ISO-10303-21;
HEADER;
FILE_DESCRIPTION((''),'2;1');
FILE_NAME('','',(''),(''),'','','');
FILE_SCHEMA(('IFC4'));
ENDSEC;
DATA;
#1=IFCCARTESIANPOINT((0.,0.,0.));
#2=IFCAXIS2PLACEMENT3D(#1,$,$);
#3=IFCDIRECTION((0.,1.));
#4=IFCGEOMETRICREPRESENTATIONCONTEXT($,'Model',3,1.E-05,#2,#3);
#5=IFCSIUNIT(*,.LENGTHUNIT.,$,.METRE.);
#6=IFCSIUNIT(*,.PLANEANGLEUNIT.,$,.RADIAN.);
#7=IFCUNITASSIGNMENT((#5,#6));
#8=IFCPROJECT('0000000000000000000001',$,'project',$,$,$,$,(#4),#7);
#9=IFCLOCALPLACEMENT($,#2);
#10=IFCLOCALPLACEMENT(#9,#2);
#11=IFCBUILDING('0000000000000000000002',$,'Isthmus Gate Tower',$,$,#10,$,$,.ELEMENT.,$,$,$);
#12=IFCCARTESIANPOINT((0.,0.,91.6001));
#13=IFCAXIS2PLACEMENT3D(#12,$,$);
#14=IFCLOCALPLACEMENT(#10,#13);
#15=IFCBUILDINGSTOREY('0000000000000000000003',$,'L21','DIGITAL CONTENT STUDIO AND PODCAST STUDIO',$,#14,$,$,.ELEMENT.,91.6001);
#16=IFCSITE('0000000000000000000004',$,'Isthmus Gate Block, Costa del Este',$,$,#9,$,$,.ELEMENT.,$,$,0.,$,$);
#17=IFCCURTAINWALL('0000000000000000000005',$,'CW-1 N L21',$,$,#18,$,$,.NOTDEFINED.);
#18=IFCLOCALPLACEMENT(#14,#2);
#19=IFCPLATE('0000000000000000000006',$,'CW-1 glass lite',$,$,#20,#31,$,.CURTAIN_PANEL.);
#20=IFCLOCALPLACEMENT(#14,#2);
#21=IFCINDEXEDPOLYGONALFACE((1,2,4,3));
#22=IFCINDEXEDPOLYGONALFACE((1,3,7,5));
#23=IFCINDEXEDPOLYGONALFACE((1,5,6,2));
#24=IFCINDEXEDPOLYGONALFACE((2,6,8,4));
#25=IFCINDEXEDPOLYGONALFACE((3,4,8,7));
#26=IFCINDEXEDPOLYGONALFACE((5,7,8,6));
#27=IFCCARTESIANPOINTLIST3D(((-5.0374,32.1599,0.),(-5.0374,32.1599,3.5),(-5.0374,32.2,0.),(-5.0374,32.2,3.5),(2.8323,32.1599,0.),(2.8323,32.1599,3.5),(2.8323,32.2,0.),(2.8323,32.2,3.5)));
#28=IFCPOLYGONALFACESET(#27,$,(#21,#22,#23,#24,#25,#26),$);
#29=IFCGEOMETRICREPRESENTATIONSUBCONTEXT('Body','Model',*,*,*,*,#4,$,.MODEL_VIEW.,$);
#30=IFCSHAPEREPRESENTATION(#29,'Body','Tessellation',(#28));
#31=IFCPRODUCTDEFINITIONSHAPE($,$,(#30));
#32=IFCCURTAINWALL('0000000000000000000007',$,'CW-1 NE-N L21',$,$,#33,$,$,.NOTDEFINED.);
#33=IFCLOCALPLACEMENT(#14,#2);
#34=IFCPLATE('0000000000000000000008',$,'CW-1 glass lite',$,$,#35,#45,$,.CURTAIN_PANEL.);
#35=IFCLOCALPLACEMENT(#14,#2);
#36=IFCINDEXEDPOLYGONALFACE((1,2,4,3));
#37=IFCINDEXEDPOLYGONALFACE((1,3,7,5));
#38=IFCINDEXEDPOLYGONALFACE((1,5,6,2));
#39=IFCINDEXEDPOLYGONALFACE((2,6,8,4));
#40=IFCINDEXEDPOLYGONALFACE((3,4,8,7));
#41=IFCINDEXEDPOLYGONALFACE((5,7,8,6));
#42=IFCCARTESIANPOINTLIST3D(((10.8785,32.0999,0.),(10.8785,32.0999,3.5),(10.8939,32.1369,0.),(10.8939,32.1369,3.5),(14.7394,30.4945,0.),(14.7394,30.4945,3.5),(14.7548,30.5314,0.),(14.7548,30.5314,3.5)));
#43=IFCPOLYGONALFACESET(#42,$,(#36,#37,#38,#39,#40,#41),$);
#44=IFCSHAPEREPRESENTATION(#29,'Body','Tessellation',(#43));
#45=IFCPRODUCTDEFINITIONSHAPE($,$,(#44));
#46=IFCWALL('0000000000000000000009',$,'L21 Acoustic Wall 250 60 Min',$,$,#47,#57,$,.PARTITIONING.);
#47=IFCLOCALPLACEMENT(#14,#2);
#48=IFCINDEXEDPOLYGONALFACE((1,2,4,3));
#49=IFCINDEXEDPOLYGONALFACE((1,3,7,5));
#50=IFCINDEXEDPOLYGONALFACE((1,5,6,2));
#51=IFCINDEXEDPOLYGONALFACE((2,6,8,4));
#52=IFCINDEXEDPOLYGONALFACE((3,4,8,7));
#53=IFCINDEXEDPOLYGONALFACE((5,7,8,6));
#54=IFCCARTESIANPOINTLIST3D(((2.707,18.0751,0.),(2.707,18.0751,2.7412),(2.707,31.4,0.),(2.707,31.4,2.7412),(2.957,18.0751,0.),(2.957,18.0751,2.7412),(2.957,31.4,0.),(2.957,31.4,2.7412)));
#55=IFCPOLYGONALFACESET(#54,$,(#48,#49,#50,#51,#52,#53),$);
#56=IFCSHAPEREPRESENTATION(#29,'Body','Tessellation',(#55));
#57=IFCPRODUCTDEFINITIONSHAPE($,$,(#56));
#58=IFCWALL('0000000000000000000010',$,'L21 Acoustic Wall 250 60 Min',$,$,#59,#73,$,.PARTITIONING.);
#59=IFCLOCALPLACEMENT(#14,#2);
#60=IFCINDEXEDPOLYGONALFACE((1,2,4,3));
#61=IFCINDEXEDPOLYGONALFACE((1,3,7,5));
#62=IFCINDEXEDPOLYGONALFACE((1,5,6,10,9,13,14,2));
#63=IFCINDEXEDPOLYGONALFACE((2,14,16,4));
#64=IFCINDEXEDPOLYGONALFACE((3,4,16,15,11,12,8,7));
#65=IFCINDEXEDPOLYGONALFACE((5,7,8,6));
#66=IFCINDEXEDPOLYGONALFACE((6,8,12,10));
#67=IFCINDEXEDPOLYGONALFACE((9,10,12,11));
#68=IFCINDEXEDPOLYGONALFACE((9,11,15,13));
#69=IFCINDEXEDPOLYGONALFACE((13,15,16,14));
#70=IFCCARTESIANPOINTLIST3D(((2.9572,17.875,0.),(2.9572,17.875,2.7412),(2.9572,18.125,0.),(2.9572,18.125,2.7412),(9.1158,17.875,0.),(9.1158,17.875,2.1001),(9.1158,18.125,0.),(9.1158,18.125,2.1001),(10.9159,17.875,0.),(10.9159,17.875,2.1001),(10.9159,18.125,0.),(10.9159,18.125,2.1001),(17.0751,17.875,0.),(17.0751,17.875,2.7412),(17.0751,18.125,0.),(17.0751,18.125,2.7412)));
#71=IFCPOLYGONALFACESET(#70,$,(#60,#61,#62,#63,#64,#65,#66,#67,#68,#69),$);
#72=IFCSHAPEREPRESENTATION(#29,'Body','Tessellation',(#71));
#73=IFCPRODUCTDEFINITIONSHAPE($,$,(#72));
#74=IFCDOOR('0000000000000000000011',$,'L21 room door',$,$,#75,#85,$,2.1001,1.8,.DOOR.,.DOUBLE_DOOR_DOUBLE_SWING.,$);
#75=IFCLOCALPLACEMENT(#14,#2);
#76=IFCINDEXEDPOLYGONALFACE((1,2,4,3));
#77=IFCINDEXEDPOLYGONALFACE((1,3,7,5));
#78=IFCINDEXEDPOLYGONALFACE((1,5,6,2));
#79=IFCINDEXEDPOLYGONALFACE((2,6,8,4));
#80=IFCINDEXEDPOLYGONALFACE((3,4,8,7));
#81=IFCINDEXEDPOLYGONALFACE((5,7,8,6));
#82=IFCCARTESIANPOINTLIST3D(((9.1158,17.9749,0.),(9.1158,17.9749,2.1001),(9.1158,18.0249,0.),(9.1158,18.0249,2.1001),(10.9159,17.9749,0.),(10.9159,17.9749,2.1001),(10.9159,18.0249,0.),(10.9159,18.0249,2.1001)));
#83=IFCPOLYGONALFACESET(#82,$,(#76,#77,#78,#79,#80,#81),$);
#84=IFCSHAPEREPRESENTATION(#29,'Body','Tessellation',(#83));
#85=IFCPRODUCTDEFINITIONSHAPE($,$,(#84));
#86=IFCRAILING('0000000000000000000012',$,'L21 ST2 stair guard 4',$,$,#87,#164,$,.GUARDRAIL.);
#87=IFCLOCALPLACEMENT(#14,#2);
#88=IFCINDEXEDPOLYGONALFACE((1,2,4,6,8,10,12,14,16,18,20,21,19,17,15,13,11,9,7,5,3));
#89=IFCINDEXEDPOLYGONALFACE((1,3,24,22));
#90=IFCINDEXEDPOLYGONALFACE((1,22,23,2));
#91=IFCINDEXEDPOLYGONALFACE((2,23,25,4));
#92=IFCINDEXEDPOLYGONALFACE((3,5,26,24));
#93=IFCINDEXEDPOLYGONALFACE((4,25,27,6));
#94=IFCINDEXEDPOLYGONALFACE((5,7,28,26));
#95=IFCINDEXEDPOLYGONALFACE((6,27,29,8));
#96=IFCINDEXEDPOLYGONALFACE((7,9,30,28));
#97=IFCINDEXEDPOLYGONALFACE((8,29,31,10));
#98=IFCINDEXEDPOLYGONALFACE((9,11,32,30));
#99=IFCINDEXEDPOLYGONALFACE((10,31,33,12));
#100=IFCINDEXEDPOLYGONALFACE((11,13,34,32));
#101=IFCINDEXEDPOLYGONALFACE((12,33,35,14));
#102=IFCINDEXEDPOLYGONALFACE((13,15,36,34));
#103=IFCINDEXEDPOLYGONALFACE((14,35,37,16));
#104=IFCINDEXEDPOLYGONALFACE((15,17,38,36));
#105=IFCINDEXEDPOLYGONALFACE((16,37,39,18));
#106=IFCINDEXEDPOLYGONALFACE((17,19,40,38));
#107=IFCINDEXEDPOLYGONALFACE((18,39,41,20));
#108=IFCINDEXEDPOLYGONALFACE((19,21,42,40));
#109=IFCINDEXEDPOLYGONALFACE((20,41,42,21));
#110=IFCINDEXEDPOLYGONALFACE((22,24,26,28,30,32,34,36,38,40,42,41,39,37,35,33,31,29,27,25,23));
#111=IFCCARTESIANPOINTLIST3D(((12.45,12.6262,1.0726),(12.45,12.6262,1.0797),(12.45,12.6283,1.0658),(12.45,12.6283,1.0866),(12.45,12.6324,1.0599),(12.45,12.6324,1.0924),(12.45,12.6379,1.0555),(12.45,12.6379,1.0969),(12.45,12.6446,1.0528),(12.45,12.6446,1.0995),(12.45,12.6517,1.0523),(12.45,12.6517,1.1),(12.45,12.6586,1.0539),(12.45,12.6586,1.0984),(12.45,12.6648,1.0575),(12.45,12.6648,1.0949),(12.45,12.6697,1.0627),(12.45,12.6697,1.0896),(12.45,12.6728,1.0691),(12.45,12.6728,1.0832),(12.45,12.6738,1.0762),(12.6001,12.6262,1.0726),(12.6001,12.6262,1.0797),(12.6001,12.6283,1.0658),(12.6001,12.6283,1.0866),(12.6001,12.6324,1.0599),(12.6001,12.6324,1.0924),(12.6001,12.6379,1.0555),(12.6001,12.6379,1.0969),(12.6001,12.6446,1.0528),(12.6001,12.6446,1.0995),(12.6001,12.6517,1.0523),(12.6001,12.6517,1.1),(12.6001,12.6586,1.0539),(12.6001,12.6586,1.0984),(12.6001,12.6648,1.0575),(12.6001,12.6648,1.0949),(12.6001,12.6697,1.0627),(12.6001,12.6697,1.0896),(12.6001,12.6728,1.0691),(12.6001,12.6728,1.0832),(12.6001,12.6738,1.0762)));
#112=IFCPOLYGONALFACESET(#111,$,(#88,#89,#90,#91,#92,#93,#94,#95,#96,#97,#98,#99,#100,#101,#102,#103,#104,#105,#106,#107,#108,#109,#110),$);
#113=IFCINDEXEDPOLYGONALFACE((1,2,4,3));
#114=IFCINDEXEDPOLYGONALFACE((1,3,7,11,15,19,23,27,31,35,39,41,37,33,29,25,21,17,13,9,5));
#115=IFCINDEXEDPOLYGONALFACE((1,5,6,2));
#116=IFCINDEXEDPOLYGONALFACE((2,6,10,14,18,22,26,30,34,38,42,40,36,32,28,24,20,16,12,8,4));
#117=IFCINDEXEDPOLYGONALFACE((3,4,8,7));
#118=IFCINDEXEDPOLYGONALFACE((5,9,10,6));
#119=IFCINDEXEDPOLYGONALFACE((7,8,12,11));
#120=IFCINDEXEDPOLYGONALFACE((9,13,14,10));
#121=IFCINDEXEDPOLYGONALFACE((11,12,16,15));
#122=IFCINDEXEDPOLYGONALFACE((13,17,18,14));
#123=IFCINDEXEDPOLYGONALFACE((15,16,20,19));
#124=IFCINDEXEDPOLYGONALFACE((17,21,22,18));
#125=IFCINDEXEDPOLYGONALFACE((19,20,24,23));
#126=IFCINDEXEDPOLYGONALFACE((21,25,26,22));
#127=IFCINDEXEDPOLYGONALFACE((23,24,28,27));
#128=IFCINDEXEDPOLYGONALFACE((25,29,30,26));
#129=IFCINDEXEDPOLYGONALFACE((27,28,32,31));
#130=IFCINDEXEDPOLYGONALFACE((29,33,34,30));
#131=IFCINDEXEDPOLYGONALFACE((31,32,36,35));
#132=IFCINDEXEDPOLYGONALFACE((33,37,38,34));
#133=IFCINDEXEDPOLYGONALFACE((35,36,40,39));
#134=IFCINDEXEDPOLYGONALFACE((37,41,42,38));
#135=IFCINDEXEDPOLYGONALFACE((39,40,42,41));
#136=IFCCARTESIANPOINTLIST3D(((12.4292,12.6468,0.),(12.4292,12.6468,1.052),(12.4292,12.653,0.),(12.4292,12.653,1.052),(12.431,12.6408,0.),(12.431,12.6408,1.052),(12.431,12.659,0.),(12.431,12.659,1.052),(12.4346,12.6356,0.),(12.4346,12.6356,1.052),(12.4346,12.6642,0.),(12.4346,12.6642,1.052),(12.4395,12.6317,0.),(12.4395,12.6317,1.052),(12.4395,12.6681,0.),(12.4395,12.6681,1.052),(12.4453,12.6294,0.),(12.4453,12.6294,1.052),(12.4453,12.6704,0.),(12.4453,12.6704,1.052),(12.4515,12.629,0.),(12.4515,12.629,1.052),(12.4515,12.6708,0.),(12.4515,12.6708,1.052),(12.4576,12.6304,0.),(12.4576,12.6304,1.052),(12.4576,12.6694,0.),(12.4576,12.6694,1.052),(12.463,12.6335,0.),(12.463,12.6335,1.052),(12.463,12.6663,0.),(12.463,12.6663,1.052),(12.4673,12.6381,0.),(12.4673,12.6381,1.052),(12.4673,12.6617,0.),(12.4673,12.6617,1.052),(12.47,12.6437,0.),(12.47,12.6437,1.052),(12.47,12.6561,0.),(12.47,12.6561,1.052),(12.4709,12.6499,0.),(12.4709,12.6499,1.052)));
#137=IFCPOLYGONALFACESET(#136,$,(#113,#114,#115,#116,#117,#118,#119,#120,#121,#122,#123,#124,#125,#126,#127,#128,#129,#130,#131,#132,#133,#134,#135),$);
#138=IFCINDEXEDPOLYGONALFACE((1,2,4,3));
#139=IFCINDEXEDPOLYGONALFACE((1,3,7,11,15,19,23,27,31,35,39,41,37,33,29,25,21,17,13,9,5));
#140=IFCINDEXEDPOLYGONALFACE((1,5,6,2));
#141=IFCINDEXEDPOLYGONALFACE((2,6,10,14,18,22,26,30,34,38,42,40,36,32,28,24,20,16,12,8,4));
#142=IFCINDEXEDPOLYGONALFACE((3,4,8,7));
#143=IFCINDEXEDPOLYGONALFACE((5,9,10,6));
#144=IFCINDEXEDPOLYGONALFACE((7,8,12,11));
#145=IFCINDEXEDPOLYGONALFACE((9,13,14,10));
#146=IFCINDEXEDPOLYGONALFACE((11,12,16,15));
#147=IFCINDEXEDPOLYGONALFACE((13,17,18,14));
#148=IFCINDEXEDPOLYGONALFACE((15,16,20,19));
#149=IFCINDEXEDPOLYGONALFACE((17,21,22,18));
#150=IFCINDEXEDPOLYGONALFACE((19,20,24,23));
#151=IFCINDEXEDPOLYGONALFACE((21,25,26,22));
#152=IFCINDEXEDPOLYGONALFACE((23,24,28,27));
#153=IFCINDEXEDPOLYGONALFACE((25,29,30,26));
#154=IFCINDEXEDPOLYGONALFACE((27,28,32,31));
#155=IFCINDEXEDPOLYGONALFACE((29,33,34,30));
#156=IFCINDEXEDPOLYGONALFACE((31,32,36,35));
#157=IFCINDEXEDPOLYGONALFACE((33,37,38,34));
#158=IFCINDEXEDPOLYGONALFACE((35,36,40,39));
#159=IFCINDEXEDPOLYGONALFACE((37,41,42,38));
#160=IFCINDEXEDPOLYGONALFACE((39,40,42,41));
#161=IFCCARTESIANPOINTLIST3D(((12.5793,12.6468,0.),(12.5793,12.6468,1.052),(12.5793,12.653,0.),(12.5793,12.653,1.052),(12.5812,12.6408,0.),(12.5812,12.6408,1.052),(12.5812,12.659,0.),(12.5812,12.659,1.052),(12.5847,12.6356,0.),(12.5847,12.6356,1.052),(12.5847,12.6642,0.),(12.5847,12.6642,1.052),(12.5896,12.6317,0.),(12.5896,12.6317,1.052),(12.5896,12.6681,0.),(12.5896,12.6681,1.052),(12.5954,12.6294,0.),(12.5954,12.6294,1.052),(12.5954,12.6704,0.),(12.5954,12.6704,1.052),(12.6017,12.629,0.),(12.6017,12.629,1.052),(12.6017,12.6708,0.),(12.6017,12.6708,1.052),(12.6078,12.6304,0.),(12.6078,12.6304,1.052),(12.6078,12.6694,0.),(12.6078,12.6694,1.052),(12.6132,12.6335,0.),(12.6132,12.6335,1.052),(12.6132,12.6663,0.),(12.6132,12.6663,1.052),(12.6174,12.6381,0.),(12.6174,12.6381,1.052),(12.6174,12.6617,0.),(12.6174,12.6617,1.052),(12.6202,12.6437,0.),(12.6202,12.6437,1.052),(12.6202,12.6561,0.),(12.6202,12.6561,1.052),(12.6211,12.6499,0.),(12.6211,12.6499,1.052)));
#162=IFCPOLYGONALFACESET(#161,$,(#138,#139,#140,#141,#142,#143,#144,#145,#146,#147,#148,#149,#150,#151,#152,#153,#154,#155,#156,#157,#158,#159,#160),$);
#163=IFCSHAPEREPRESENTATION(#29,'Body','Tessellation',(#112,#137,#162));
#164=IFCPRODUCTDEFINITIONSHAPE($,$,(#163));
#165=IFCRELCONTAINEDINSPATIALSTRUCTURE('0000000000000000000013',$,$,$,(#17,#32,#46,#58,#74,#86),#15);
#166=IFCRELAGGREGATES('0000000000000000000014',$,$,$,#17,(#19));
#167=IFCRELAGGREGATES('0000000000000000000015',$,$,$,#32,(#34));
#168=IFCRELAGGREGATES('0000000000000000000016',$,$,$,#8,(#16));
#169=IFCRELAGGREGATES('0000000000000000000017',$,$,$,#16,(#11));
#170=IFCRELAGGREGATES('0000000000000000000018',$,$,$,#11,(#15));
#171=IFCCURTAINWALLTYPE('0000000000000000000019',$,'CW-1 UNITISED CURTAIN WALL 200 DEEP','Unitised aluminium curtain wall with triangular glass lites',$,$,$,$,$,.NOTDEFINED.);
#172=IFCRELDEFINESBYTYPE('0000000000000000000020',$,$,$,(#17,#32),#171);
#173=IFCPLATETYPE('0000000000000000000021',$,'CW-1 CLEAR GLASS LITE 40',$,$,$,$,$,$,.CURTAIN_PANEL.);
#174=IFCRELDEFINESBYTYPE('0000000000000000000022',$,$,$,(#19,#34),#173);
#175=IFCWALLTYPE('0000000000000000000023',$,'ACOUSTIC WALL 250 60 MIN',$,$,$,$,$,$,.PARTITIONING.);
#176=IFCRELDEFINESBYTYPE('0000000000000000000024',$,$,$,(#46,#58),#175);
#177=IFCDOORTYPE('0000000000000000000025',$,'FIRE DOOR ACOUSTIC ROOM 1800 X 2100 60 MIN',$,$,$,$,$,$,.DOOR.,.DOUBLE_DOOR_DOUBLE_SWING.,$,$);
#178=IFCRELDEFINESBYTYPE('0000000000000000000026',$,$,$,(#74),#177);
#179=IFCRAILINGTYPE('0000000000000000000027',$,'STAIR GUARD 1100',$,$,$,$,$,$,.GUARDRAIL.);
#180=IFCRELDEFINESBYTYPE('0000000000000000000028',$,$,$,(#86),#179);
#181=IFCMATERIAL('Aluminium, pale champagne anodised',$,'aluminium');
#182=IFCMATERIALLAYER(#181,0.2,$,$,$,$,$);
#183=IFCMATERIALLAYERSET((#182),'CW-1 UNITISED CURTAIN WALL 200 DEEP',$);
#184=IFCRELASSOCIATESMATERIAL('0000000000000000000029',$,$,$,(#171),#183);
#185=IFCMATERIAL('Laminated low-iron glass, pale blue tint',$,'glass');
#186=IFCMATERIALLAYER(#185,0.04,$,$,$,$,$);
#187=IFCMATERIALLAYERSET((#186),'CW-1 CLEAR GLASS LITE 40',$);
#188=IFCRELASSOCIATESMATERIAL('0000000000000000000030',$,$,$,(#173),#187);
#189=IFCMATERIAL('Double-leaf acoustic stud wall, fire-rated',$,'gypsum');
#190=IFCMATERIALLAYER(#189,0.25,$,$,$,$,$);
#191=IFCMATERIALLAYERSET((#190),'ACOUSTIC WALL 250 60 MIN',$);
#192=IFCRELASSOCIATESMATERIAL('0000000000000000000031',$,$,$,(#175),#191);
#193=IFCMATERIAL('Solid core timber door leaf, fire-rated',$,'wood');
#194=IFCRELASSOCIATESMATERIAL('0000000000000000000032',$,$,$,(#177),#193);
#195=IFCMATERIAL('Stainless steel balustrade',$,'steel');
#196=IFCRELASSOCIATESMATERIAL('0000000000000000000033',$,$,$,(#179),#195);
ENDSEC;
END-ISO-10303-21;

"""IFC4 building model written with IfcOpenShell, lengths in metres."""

from ifc_helpers import new_model, si_unit, direction, frame, frame_2d, origin, origin_2d, place, context, subcontext, project, spatial, rectangle, circle, extrude, material, layer, layer_set, type_object, element, fill, aggregate, save


model = new_model("IFC4")

# Units and contexts
model_context = context("Model", 3, precision=1e-05, world=origin(), true_north=direction((0.0, 1.0)))
body_context = subcontext(model_context, "Body", "Model", "MODEL_VIEW")
ifc_project = project(units=[si_unit("LENGTHUNIT", "METRE"), si_unit("PLANEANGLEUNIT", "RADIAN")], contexts=[model_context])

# Site, building, storey
site_placement = place(None, origin())
site = spatial("IfcSite", under=ifc_project, at=site_placement, Name="Isthmus Gate Block, Costa del Este", CompositionType="ELEMENT", RefElevation=0.0)
building_placement = place(site_placement, origin())
building = spatial("IfcBuilding", under=site, at=building_placement, Name="Isthmus Gate Tower", CompositionType="ELEMENT")
storey_placement = place(building_placement, frame((0.0, 0.0, 91.6001)))
storey = spatial("IfcBuildingStorey", under=building, at=storey_placement, Name="L21", Description="DIGITAL CONTENT STUDIO AND PODCAST STUDIO", CompositionType="ELEMENT", Elevation=91.6001)

# Curtain wall
ifc_material_1 = material(Name="Aluminium, pale champagne anodised", Category="aluminium")
ifc_layer_1 = layer(ifc_material_1, 0.2)
ifc_layer_set_1 = layer_set([ifc_layer_1], Name="CW-1 UNITISED CURTAIN WALL 200 DEEP")
curtain_wall_type = type_object("IfcCurtainWallType", Name="CW-1 UNITISED CURTAIN WALL 200 DEEP", Description="Unitised aluminium curtain wall with triangular glass lites", PredefinedType="NOTDEFINED", material=ifc_layer_set_1)
curtain_wall_1_placement = place(storey_placement, origin())
curtain_wall_1 = element("IfcCurtainWall", 1, at=curtain_wall_1_placement, inside=storey, type_object=curtain_wall_type, Name="CW-1 N L21", PredefinedType="NOTDEFINED")

# Plate
ifc_material_2 = material(Name="Laminated low-iron glass, pale blue tint", Category="glass")
ifc_layer_2 = layer(ifc_material_2, 0.04)
ifc_layer_set_2 = layer_set([ifc_layer_2], Name="CW-1 CLEAR GLASS LITE 40")
plate_type = type_object("IfcPlateType", Name="CW-1 CLEAR GLASS LITE 40", PredefinedType="CURTAIN_PANEL", material=ifc_layer_set_2)
plate_1_placement = place(storey_placement, frame((-1.1025, 32.1799, 0.0), z_axis=(0.0, 0.0, 1.0), x_axis=(-1.0, 0.0, 0.0)))
plate_1 = element("IfcPlate", 2, at=plate_1_placement, type_object=plate_type, Name="CW-1 glass lite", PredefinedType="CURTAIN_PANEL", context=body_context, shape_type="SweptSolid", body=[
    extrude(rectangle(XDim=7.8696, YDim=0.04, at=origin_2d()), origin(), (0.0, 0.0, 1.0), 3.5),
])
aggregate(curtain_wall_1, [plate_1])

# Curtain wall, plate
curtain_wall_2_placement = place(storey_placement, origin())
curtain_wall_2 = element("IfcCurtainWall", 3, at=curtain_wall_2_placement, inside=storey, type_object=curtain_wall_type, Name="CW-1 NE-N L21", PredefinedType="NOTDEFINED")
plate_2_placement = place(storey_placement, frame((12.8167, 31.3157, 0.0), z_axis=(0.0, 0.0, 1.0), x_axis=(-0.923353, 0.383952, 0.0)))
plate_2 = element("IfcPlate", 4, at=plate_2_placement, type_object=plate_type, Name="CW-1 glass lite", PredefinedType="CURTAIN_PANEL", context=body_context, shape_type="SweptSolid", body=[
    extrude(rectangle(XDim=4.1814, YDim=0.04, at=origin_2d()), origin(), (0.0, 0.0, 1.0), 3.5),
])
aggregate(curtain_wall_2, [plate_2])

# Wall
ifc_material_3 = material(Name="Double-leaf acoustic stud wall, fire-rated", Category="gypsum")
ifc_layer_3 = layer(ifc_material_3, 0.25)
ifc_layer_set_3 = layer_set([ifc_layer_3], Name="ACOUSTIC WALL 250 60 MIN")
wall_type = type_object("IfcWallType", Name="ACOUSTIC WALL 250 60 MIN", PredefinedType="PARTITIONING", material=ifc_layer_set_3)
wall_1_placement = place(storey_placement, frame((2.832, 18.075, 0.0), z_axis=(0.0, 0.0, 1.0), x_axis=(0.0, 1.0, 0.0)))
element("IfcWall", 5, at=wall_1_placement, inside=storey, type_object=wall_type, Name="L21 Acoustic Wall 250 60 Min", PredefinedType="PARTITIONING", context=body_context, shape_type="SweptSolid", body=[
    extrude(rectangle(XDim=13.325, YDim=0.25, at=frame_2d((6.6626, 0.0))), origin(), (0.0, 0.0, 1.0), 2.7412),
])

# Wall, opening, door
wall_2_placement = place(storey_placement, frame((2.957, 18.0, 0.0), z_axis=(0.0, 0.0, 1.0), x_axis=(1.0, 0.0, 0.0)))
wall_2 = element("IfcWall", 6, at=wall_2_placement, inside=storey, type_object=wall_type, Name="L21 Acoustic Wall 250 60 Min", PredefinedType="PARTITIONING", context=body_context, shape_type="SweptSolid", body=[
    extrude(rectangle(XDim=14.1179, YDim=0.25, at=frame_2d((7.0591, 0.0))), origin(), (0.0, 0.0, 1.0), 2.7412),
])
opening_placement = place(wall_2_placement, frame((6.1589, 0.0, 0.0)))
opening = element("IfcOpeningElement", 7, at=opening_placement, cuts=wall_2, PredefinedType="OPENING", context=body_context, shape_type="SweptSolid", body=[
    extrude(rectangle(XDim=1.8, YDim=2.1001, at=frame_2d((0.8999, 1.05))), frame((0.0, 0.135, 0.0), z_axis=(0.0, -1.0, 0.0), x_axis=(1.0, 0.0, 0.0)), (0.0, 0.0, 1.0), 0.27),
])
ifc_material_4 = material(Name="Solid core timber door leaf, fire-rated", Category="wood")
door_type = type_object("IfcDoorType", Name="FIRE DOOR ACOUSTIC ROOM 1800 X 2100 60 MIN", OperationType="DOUBLE_DOOR_DOUBLE_SWING", PredefinedType="DOOR", material=ifc_material_4)
door_placement = place(opening_placement, origin())
door = element("IfcDoor", 8, at=door_placement, inside=storey, type_object=door_type, Name="L21 room door", OperationType="DOUBLE_DOOR_DOUBLE_SWING", OverallHeight=2.1001, OverallWidth=1.8, PredefinedType="DOOR", context=body_context, shape_type="SweptSolid", body=[
    extrude(rectangle(XDim=1.8, YDim=2.1001, at=frame_2d((0.8999, 1.05))), frame((0.0, 0.0249, 0.0), z_axis=(0.0, -1.0, 0.0), x_axis=(1.0, 0.0, 0.0)), (0.0, 0.0, 1.0), 0.05),
])
fill(opening, door)

# Railing
ifc_material_5 = material(Name="Stainless steel balustrade", Category="steel")
railing_type = type_object("IfcRailingType", Name="STAIR GUARD 1100", PredefinedType="GUARDRAIL", material=ifc_material_5)
railing_placement = place(storey_placement, frame((12.45, 12.6499, 0.0)))
element("IfcRailing", 9, at=railing_placement, inside=storey, type_object=railing_type, Name="L21 ST2 stair guard 4", PredefinedType="GUARDRAIL", context=body_context, shape_type="SweptSolid", body=[
    extrude(circle(Radius=0.0239, at=origin_2d()), frame((0.0, 0.0, 1.0762), z_axis=(1.0, 0.0, 0.0), x_axis=(0.0, 1.0, 0.0)), (0.0, 0.0, 1.0), 0.1501),
    extrude(circle(Radius=0.021, at=origin_2d()), origin(), (0.0, 0.0, 1.0), 1.052),
    extrude(circle(Radius=0.021, at=origin_2d()), frame((0.1501, 0.0, 0.0)), (0.0, 0.0, 1.0), 1.052),
])

save(model, "model.ifc")
